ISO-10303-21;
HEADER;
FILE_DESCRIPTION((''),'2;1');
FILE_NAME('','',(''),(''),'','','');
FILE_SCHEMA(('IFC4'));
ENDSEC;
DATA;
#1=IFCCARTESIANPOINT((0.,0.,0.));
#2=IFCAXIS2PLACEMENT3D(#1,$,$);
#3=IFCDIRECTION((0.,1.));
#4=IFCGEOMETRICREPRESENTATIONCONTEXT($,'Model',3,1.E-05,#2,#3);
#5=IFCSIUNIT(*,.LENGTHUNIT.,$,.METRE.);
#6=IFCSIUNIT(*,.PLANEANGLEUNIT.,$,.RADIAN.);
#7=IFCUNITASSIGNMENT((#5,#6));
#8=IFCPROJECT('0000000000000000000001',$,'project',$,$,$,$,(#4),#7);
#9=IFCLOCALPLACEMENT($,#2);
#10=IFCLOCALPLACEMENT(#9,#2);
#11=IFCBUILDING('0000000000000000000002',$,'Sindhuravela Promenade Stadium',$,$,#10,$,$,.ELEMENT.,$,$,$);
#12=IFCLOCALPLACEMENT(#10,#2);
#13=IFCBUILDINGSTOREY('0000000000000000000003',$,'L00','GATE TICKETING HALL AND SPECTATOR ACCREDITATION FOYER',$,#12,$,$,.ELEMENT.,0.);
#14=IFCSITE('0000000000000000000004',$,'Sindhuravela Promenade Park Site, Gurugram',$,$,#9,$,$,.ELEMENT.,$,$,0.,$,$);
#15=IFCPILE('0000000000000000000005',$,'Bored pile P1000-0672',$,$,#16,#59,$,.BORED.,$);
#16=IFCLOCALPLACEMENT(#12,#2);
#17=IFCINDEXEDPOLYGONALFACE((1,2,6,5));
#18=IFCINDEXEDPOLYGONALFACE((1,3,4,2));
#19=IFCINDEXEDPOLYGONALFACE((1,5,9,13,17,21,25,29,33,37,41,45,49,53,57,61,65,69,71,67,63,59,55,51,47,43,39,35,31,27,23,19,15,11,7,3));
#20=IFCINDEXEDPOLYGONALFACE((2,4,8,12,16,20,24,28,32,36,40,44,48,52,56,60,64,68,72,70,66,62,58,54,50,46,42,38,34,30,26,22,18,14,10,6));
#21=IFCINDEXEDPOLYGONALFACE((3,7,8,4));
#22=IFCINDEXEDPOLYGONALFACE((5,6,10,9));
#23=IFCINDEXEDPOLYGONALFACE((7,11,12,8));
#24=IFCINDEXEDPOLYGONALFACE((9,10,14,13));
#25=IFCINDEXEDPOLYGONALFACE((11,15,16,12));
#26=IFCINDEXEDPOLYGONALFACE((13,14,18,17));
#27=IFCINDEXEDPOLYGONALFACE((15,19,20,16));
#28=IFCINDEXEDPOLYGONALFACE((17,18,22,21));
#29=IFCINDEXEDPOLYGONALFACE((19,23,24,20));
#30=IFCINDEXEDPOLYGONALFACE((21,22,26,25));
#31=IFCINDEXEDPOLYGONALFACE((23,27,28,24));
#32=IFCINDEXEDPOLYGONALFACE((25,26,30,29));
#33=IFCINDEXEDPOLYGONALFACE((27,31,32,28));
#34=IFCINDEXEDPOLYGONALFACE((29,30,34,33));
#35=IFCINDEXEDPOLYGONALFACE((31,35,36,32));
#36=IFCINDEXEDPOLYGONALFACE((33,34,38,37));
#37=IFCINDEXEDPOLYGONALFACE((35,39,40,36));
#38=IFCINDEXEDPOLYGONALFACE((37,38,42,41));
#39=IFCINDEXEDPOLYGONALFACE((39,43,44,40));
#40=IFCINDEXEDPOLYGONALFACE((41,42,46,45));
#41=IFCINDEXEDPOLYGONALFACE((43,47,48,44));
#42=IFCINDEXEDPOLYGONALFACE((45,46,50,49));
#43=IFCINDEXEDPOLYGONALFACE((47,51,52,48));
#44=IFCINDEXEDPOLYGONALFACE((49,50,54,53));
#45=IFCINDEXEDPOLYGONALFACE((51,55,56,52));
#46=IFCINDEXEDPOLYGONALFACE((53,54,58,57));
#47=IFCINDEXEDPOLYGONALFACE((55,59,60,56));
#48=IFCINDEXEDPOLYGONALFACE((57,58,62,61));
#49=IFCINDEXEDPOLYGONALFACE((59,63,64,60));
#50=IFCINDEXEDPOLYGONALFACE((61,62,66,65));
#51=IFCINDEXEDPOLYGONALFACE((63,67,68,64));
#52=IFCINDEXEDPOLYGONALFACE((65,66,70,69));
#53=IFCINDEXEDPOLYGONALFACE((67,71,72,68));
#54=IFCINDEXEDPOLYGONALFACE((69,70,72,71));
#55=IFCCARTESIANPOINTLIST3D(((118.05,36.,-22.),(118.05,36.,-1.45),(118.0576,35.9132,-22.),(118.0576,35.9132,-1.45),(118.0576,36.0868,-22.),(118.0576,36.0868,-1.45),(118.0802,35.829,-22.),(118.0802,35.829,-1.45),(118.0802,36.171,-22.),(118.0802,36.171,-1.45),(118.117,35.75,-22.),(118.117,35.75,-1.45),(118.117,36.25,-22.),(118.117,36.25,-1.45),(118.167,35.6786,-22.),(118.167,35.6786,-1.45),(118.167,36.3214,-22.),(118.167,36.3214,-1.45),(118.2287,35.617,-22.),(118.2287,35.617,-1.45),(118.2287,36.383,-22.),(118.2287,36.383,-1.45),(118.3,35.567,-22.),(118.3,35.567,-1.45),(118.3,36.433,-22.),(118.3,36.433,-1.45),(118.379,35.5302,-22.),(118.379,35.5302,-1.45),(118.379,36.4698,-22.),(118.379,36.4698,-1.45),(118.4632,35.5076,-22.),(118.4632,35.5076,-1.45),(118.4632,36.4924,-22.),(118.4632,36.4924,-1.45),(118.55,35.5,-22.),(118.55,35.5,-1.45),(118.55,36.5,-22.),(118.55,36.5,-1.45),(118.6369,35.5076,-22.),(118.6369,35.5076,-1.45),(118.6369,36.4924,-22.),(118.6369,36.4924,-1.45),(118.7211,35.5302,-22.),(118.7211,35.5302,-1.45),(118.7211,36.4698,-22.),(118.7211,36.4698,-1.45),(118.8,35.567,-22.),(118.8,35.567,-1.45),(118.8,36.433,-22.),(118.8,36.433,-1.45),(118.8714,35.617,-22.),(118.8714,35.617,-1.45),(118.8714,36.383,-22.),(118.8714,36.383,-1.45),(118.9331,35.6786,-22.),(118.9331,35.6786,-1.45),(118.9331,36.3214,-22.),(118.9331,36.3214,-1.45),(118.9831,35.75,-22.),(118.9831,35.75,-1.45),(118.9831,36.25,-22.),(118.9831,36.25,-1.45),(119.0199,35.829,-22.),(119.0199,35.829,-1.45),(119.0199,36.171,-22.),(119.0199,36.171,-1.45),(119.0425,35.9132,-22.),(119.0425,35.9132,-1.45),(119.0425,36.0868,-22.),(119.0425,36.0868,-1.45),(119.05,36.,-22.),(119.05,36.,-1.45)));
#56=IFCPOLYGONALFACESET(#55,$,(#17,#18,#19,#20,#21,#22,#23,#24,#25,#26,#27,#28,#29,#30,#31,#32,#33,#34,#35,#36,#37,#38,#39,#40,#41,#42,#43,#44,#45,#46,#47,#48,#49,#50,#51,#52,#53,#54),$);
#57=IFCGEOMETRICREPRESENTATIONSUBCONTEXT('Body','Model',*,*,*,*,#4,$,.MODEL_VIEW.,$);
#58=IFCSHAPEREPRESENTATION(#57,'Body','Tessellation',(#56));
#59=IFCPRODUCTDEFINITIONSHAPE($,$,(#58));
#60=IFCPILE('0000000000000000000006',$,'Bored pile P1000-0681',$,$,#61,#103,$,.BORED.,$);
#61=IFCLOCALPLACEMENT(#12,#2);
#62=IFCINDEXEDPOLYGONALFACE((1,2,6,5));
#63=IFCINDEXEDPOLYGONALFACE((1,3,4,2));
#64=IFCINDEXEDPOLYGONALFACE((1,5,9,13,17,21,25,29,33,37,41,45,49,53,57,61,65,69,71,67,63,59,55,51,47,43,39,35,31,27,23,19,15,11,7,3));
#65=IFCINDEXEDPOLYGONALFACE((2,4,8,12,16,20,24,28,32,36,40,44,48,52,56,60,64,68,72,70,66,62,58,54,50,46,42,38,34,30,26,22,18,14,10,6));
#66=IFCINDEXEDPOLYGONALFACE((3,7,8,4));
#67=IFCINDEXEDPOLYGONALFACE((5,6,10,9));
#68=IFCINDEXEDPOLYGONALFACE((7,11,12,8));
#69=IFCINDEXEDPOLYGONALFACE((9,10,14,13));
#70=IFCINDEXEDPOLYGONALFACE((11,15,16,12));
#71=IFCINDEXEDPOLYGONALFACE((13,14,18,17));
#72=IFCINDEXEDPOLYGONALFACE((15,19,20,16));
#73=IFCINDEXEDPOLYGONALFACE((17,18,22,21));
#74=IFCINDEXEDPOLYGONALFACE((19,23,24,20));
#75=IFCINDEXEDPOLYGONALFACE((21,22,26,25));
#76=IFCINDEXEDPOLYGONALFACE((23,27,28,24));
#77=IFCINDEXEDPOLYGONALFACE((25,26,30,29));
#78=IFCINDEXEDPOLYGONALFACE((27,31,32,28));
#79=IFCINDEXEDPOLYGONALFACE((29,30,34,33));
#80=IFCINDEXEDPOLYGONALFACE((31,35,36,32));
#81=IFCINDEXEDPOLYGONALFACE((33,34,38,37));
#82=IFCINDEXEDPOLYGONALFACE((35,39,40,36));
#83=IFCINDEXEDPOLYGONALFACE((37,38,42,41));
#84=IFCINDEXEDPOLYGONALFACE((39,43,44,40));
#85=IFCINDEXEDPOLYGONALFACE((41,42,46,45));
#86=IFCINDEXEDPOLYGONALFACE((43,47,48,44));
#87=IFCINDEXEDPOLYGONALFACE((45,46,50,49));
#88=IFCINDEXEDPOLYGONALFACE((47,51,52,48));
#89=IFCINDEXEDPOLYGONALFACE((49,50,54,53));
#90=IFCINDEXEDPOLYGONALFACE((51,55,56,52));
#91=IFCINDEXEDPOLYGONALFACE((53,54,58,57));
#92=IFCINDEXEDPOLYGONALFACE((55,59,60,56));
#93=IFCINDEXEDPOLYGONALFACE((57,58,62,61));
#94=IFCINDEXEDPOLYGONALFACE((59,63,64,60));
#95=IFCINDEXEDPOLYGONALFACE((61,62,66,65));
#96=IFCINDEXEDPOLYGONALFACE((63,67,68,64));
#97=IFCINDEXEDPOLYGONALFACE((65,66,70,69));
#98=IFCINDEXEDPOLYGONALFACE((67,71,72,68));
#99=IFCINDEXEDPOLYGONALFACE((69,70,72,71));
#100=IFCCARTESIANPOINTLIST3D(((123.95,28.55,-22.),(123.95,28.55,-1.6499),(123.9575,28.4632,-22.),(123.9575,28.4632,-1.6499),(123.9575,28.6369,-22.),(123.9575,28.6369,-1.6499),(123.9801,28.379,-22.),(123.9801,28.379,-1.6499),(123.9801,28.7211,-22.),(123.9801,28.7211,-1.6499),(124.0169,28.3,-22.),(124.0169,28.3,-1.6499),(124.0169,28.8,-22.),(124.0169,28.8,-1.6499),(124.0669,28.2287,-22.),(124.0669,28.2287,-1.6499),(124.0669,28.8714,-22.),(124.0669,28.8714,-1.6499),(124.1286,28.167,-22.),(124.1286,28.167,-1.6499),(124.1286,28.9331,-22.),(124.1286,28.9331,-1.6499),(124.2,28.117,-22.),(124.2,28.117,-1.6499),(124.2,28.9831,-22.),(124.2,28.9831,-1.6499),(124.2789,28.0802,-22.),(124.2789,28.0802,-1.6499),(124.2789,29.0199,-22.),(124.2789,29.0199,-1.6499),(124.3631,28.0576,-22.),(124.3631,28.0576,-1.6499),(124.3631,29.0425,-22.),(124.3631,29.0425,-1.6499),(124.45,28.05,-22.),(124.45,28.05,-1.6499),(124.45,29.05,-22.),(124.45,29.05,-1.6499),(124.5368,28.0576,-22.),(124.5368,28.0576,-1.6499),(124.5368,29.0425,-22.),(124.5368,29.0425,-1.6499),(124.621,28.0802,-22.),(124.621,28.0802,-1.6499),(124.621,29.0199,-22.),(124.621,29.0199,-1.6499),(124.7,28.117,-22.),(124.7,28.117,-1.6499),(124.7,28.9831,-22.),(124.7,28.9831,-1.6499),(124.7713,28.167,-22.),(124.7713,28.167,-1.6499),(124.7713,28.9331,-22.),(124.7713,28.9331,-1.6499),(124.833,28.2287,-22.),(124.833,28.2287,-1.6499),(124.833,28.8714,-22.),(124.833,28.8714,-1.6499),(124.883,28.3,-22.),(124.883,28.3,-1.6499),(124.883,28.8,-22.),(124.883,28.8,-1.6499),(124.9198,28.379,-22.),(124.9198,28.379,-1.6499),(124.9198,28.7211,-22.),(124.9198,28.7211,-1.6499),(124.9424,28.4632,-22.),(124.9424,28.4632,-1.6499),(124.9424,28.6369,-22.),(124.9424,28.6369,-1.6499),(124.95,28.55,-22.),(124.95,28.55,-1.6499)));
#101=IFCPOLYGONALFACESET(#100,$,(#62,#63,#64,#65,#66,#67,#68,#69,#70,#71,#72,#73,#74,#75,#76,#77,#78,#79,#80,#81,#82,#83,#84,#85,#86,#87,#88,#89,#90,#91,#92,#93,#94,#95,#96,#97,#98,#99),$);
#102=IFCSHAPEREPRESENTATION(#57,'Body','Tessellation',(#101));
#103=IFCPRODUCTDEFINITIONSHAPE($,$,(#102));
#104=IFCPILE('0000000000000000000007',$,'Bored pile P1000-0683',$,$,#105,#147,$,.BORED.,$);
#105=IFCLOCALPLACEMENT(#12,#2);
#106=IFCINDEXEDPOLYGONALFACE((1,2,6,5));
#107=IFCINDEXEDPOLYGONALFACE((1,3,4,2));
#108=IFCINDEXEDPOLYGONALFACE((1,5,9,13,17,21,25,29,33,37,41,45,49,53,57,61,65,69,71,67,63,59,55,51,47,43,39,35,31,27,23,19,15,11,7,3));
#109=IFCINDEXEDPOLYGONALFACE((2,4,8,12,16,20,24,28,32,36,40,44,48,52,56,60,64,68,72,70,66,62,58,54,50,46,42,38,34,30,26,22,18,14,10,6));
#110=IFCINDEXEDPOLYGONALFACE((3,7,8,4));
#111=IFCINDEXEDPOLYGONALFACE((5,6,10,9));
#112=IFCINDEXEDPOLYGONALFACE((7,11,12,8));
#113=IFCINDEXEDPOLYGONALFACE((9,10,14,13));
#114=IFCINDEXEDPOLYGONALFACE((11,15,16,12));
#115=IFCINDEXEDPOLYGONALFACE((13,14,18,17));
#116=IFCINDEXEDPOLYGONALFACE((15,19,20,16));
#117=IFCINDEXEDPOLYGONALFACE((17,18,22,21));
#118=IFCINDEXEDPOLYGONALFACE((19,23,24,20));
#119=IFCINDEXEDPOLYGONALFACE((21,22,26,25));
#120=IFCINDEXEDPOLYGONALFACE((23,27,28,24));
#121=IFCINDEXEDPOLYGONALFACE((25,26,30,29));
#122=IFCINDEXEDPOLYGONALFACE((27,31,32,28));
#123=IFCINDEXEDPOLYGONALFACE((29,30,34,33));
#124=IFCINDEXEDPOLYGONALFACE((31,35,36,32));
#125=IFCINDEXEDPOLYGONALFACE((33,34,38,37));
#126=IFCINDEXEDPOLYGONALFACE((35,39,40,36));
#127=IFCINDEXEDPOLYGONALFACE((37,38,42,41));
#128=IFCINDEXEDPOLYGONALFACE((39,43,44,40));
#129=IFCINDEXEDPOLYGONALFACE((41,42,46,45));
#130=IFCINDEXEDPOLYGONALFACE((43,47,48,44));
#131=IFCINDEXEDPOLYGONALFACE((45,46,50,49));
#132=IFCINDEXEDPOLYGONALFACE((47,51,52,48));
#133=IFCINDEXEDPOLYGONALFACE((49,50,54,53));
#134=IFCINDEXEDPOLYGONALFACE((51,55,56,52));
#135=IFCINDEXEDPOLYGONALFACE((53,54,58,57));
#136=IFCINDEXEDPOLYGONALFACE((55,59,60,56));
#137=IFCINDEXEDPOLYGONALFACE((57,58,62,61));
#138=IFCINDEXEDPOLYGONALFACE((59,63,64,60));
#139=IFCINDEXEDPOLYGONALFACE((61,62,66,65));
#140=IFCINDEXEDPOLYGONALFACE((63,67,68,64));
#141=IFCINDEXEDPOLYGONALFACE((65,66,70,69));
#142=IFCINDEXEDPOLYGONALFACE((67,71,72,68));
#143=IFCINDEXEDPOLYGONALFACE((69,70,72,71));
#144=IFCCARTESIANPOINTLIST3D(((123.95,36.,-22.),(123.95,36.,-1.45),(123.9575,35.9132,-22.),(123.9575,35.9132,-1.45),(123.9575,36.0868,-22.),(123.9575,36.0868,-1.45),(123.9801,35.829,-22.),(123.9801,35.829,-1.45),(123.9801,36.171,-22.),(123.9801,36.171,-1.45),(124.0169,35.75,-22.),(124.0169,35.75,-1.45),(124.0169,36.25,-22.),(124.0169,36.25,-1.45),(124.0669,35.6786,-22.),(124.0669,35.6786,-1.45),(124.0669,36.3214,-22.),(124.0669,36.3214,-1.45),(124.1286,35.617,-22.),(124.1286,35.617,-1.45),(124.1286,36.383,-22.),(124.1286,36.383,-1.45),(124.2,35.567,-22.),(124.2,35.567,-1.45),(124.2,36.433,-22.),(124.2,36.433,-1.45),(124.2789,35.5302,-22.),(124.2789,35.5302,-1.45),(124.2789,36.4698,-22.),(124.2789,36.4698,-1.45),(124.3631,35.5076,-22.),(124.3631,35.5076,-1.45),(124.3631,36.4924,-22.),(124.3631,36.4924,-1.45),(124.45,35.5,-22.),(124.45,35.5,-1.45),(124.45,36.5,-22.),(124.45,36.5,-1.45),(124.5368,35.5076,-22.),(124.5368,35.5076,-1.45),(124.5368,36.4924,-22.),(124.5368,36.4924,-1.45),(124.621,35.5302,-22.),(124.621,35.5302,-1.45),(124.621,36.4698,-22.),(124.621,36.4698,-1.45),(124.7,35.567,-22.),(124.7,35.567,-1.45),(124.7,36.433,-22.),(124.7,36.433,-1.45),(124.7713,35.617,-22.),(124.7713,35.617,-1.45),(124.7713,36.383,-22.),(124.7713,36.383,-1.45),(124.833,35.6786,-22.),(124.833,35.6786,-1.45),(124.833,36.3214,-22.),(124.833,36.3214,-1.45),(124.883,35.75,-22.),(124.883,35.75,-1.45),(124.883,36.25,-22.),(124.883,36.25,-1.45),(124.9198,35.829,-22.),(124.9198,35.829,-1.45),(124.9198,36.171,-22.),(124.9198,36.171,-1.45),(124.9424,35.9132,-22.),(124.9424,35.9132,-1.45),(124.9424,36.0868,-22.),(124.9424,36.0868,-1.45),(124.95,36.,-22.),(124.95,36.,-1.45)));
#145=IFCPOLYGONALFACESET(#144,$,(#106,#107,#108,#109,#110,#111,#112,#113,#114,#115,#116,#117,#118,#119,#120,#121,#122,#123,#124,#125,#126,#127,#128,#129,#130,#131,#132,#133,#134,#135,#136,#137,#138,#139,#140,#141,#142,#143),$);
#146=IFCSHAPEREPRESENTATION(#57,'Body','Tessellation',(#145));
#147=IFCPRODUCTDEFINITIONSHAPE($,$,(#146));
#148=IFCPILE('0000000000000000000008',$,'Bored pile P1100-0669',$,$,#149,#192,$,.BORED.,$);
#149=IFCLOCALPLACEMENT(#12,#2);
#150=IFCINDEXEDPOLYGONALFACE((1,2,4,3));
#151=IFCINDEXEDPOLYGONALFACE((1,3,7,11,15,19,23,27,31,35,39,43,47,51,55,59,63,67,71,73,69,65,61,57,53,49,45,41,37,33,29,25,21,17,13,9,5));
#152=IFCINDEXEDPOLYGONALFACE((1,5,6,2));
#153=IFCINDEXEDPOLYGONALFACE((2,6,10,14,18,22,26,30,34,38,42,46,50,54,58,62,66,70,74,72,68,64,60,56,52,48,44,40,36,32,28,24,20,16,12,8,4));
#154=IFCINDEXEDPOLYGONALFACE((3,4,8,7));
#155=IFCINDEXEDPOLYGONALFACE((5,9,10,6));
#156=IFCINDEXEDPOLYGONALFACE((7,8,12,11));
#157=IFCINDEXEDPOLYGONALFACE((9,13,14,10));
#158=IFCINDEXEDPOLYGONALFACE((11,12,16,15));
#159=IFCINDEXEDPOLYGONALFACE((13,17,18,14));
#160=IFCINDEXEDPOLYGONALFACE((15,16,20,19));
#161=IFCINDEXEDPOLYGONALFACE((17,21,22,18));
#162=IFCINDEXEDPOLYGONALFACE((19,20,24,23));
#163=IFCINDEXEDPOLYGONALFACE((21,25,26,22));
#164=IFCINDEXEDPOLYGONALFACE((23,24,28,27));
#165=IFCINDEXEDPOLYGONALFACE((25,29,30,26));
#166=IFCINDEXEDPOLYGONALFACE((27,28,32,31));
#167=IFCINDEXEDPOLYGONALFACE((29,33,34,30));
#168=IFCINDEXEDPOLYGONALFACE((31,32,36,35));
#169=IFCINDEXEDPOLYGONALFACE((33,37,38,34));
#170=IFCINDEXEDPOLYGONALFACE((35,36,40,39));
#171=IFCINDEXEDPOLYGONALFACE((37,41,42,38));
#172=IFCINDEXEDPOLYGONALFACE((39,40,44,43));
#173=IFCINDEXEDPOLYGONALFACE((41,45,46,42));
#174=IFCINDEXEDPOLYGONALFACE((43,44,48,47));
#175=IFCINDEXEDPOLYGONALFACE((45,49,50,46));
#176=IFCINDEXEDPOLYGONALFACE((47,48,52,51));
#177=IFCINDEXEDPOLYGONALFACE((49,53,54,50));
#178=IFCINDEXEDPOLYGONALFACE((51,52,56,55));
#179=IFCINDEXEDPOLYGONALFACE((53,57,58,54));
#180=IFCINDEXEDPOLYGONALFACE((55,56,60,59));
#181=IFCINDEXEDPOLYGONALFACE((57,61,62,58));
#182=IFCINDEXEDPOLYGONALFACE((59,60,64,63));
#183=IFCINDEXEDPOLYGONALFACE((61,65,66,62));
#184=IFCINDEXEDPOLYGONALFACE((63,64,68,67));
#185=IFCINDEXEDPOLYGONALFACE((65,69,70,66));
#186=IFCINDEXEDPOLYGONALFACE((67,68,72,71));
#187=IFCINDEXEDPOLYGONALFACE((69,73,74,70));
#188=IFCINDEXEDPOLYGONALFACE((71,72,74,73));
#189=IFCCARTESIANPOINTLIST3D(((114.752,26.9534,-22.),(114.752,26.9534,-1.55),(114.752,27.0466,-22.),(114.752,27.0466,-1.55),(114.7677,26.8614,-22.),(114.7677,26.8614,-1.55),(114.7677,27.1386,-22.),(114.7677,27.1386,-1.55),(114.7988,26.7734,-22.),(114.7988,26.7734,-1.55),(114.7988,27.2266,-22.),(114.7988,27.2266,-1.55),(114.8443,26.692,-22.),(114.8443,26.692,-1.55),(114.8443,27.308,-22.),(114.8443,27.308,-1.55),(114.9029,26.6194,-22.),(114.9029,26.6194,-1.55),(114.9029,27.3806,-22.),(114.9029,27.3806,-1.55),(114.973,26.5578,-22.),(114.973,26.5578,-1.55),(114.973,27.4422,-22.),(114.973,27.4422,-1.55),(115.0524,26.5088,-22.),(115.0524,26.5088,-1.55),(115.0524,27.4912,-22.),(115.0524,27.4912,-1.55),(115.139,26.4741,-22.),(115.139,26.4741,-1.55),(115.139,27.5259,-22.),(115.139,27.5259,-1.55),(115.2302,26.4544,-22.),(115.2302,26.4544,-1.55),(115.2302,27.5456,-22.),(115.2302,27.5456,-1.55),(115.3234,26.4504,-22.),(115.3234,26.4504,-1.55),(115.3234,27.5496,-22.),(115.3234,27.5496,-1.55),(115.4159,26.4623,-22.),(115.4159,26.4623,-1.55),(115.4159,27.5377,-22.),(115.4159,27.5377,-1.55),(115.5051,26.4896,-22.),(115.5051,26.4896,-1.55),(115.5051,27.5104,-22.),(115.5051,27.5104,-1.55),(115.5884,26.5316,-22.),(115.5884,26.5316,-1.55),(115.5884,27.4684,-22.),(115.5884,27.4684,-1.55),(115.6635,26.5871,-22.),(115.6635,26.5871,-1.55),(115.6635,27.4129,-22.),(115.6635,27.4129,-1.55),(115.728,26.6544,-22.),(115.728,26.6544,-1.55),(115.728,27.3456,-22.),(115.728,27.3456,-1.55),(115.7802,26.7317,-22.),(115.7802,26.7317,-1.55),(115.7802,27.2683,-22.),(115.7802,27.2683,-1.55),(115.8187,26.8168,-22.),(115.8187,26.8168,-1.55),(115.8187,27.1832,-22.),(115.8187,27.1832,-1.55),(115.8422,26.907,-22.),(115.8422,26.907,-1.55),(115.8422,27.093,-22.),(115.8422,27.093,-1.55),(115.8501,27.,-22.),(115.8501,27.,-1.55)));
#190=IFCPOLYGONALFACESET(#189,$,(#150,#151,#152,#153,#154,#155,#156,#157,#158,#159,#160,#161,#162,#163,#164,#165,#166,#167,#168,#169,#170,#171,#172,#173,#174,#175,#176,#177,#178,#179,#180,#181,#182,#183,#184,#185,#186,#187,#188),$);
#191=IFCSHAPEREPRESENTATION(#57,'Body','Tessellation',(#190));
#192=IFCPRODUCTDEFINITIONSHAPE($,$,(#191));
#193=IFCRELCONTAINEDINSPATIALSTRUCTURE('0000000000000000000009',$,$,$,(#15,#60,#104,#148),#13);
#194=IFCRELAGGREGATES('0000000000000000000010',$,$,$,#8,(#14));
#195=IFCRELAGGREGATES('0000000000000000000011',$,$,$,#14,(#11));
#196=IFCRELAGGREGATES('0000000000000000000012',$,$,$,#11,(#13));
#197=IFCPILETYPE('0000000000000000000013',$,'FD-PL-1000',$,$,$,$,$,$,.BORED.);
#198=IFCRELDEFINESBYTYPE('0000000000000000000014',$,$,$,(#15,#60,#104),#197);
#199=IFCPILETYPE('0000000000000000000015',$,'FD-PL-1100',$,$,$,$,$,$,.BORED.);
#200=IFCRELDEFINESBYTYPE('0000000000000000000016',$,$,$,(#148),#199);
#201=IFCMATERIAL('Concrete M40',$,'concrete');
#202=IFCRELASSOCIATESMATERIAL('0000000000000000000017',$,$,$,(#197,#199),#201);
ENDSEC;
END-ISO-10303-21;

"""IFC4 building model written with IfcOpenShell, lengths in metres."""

from ifc_helpers import new_model, si_unit, direction, frame, origin, origin_2d, place, context, subcontext, project, spatial, circle, extrude, material, material_profile, profile_set, type_object, element, save


model = new_model("IFC4")

# Units and contexts
model_context = context("Model", 3, precision=1e-05, world=origin(), true_north=direction((0.0, 1.0)))
body_context = subcontext(model_context, "Body", "Model", "MODEL_VIEW")
ifc_project = project(units=[si_unit("LENGTHUNIT", "METRE"), si_unit("PLANEANGLEUNIT", "RADIAN")], contexts=[model_context])

# Site, building, storey
site_placement = place(None, origin())
site = spatial("IfcSite", under=ifc_project, at=site_placement, Name="Sindhuravela Promenade Park Site, Gurugram", CompositionType="ELEMENT", RefElevation=0.0)
building_placement = place(site_placement, origin())
building = spatial("IfcBuilding", under=site, at=building_placement, Name="Sindhuravela Promenade Stadium", CompositionType="ELEMENT")
storey_placement = place(building_placement, origin())
storey = spatial("IfcBuildingStorey", under=building, at=storey_placement, Name="L00", Description="GATE TICKETING HALL AND SPECTATOR ACCREDITATION FOYER", CompositionType="ELEMENT", Elevation=0.0)

# Piles
ifc_material_1 = material(Name="Concrete M40", Category="concrete")
ifc_material_profile_1 = material_profile(ifc_material_1, circle(Radius=0.5, at=origin_2d()), Name="BORED PILE D1000")
ifc_profile_set_1 = profile_set([ifc_material_profile_1], Name="Concrete M40")
pile_type_1 = type_object("IfcPileType", Name="FD-PL-1000", PredefinedType="BORED", material=ifc_profile_set_1)
for number, where, z_axis, x_axis, name in (
    (1, (118.55, 36.0, -1.45), (0.0, 0.0, -1.0), (1.0, 0.0, 0.0), "Bored pile P1000-0672"),
):
    element("IfcPile", number, at=place(storey_placement, frame(where, z_axis=z_axis, x_axis=x_axis)), inside=storey, type_object=pile_type_1, Name=name, PredefinedType="BORED", context=body_context, shape_type="SweptSolid", body=[
        extrude(circle(Radius=0.5, at=origin_2d()), origin(), (0.0, 0.0, 1.0), 20.55),
    ])
pile_1_placement = place(storey_placement, frame((124.45, 28.55, -1.6499), z_axis=(0.0, 0.0, -1.0), x_axis=(1.0, 0.0, 0.0)))
element("IfcPile", 2, at=pile_1_placement, inside=storey, type_object=pile_type_1, Name="Bored pile P1000-0681", PredefinedType="BORED", context=body_context, shape_type="SweptSolid", body=[
    extrude(circle(Radius=0.5, at=origin_2d()), origin(), (0.0, 0.0, 1.0), 20.3501),
])
pile_2_placement = place(storey_placement, frame((124.45, 36.0, -1.45), z_axis=(0.0, 0.0, -1.0), x_axis=(1.0, 0.0, 0.0)))
element("IfcPile", 3, at=pile_2_placement, inside=storey, type_object=pile_type_1, Name="Bored pile P1000-0683", PredefinedType="BORED", context=body_context, shape_type="SweptSolid", body=[
    extrude(circle(Radius=0.5, at=origin_2d()), origin(), (0.0, 0.0, 1.0), 20.55),
])
ifc_material_profile_2 = material_profile(ifc_material_1, circle(Radius=0.55, at=origin_2d()), Name="BORED PILE D1100")
ifc_profile_set_2 = profile_set([ifc_material_profile_2], Name="Concrete M40")
pile_type_2 = type_object("IfcPileType", Name="FD-PL-1100", PredefinedType="BORED", material=ifc_profile_set_2)
for number, where, z_axis, x_axis, name in (
    (4, (115.3, 27.0, -1.55), (0.0, 0.0, -1.0), (1.0, 0.0, 0.0), "Bored pile P1100-0669"),
):
    element("IfcPile", number, at=place(storey_placement, frame(where, z_axis=z_axis, x_axis=x_axis)), inside=storey, type_object=pile_type_2, Name=name, PredefinedType="BORED", context=body_context, shape_type="SweptSolid", body=[
        extrude(circle(Radius=0.55, at=origin_2d()), origin(), (0.0, 0.0, 1.0), 20.45),
    ])

save(model, "model.ifc")
